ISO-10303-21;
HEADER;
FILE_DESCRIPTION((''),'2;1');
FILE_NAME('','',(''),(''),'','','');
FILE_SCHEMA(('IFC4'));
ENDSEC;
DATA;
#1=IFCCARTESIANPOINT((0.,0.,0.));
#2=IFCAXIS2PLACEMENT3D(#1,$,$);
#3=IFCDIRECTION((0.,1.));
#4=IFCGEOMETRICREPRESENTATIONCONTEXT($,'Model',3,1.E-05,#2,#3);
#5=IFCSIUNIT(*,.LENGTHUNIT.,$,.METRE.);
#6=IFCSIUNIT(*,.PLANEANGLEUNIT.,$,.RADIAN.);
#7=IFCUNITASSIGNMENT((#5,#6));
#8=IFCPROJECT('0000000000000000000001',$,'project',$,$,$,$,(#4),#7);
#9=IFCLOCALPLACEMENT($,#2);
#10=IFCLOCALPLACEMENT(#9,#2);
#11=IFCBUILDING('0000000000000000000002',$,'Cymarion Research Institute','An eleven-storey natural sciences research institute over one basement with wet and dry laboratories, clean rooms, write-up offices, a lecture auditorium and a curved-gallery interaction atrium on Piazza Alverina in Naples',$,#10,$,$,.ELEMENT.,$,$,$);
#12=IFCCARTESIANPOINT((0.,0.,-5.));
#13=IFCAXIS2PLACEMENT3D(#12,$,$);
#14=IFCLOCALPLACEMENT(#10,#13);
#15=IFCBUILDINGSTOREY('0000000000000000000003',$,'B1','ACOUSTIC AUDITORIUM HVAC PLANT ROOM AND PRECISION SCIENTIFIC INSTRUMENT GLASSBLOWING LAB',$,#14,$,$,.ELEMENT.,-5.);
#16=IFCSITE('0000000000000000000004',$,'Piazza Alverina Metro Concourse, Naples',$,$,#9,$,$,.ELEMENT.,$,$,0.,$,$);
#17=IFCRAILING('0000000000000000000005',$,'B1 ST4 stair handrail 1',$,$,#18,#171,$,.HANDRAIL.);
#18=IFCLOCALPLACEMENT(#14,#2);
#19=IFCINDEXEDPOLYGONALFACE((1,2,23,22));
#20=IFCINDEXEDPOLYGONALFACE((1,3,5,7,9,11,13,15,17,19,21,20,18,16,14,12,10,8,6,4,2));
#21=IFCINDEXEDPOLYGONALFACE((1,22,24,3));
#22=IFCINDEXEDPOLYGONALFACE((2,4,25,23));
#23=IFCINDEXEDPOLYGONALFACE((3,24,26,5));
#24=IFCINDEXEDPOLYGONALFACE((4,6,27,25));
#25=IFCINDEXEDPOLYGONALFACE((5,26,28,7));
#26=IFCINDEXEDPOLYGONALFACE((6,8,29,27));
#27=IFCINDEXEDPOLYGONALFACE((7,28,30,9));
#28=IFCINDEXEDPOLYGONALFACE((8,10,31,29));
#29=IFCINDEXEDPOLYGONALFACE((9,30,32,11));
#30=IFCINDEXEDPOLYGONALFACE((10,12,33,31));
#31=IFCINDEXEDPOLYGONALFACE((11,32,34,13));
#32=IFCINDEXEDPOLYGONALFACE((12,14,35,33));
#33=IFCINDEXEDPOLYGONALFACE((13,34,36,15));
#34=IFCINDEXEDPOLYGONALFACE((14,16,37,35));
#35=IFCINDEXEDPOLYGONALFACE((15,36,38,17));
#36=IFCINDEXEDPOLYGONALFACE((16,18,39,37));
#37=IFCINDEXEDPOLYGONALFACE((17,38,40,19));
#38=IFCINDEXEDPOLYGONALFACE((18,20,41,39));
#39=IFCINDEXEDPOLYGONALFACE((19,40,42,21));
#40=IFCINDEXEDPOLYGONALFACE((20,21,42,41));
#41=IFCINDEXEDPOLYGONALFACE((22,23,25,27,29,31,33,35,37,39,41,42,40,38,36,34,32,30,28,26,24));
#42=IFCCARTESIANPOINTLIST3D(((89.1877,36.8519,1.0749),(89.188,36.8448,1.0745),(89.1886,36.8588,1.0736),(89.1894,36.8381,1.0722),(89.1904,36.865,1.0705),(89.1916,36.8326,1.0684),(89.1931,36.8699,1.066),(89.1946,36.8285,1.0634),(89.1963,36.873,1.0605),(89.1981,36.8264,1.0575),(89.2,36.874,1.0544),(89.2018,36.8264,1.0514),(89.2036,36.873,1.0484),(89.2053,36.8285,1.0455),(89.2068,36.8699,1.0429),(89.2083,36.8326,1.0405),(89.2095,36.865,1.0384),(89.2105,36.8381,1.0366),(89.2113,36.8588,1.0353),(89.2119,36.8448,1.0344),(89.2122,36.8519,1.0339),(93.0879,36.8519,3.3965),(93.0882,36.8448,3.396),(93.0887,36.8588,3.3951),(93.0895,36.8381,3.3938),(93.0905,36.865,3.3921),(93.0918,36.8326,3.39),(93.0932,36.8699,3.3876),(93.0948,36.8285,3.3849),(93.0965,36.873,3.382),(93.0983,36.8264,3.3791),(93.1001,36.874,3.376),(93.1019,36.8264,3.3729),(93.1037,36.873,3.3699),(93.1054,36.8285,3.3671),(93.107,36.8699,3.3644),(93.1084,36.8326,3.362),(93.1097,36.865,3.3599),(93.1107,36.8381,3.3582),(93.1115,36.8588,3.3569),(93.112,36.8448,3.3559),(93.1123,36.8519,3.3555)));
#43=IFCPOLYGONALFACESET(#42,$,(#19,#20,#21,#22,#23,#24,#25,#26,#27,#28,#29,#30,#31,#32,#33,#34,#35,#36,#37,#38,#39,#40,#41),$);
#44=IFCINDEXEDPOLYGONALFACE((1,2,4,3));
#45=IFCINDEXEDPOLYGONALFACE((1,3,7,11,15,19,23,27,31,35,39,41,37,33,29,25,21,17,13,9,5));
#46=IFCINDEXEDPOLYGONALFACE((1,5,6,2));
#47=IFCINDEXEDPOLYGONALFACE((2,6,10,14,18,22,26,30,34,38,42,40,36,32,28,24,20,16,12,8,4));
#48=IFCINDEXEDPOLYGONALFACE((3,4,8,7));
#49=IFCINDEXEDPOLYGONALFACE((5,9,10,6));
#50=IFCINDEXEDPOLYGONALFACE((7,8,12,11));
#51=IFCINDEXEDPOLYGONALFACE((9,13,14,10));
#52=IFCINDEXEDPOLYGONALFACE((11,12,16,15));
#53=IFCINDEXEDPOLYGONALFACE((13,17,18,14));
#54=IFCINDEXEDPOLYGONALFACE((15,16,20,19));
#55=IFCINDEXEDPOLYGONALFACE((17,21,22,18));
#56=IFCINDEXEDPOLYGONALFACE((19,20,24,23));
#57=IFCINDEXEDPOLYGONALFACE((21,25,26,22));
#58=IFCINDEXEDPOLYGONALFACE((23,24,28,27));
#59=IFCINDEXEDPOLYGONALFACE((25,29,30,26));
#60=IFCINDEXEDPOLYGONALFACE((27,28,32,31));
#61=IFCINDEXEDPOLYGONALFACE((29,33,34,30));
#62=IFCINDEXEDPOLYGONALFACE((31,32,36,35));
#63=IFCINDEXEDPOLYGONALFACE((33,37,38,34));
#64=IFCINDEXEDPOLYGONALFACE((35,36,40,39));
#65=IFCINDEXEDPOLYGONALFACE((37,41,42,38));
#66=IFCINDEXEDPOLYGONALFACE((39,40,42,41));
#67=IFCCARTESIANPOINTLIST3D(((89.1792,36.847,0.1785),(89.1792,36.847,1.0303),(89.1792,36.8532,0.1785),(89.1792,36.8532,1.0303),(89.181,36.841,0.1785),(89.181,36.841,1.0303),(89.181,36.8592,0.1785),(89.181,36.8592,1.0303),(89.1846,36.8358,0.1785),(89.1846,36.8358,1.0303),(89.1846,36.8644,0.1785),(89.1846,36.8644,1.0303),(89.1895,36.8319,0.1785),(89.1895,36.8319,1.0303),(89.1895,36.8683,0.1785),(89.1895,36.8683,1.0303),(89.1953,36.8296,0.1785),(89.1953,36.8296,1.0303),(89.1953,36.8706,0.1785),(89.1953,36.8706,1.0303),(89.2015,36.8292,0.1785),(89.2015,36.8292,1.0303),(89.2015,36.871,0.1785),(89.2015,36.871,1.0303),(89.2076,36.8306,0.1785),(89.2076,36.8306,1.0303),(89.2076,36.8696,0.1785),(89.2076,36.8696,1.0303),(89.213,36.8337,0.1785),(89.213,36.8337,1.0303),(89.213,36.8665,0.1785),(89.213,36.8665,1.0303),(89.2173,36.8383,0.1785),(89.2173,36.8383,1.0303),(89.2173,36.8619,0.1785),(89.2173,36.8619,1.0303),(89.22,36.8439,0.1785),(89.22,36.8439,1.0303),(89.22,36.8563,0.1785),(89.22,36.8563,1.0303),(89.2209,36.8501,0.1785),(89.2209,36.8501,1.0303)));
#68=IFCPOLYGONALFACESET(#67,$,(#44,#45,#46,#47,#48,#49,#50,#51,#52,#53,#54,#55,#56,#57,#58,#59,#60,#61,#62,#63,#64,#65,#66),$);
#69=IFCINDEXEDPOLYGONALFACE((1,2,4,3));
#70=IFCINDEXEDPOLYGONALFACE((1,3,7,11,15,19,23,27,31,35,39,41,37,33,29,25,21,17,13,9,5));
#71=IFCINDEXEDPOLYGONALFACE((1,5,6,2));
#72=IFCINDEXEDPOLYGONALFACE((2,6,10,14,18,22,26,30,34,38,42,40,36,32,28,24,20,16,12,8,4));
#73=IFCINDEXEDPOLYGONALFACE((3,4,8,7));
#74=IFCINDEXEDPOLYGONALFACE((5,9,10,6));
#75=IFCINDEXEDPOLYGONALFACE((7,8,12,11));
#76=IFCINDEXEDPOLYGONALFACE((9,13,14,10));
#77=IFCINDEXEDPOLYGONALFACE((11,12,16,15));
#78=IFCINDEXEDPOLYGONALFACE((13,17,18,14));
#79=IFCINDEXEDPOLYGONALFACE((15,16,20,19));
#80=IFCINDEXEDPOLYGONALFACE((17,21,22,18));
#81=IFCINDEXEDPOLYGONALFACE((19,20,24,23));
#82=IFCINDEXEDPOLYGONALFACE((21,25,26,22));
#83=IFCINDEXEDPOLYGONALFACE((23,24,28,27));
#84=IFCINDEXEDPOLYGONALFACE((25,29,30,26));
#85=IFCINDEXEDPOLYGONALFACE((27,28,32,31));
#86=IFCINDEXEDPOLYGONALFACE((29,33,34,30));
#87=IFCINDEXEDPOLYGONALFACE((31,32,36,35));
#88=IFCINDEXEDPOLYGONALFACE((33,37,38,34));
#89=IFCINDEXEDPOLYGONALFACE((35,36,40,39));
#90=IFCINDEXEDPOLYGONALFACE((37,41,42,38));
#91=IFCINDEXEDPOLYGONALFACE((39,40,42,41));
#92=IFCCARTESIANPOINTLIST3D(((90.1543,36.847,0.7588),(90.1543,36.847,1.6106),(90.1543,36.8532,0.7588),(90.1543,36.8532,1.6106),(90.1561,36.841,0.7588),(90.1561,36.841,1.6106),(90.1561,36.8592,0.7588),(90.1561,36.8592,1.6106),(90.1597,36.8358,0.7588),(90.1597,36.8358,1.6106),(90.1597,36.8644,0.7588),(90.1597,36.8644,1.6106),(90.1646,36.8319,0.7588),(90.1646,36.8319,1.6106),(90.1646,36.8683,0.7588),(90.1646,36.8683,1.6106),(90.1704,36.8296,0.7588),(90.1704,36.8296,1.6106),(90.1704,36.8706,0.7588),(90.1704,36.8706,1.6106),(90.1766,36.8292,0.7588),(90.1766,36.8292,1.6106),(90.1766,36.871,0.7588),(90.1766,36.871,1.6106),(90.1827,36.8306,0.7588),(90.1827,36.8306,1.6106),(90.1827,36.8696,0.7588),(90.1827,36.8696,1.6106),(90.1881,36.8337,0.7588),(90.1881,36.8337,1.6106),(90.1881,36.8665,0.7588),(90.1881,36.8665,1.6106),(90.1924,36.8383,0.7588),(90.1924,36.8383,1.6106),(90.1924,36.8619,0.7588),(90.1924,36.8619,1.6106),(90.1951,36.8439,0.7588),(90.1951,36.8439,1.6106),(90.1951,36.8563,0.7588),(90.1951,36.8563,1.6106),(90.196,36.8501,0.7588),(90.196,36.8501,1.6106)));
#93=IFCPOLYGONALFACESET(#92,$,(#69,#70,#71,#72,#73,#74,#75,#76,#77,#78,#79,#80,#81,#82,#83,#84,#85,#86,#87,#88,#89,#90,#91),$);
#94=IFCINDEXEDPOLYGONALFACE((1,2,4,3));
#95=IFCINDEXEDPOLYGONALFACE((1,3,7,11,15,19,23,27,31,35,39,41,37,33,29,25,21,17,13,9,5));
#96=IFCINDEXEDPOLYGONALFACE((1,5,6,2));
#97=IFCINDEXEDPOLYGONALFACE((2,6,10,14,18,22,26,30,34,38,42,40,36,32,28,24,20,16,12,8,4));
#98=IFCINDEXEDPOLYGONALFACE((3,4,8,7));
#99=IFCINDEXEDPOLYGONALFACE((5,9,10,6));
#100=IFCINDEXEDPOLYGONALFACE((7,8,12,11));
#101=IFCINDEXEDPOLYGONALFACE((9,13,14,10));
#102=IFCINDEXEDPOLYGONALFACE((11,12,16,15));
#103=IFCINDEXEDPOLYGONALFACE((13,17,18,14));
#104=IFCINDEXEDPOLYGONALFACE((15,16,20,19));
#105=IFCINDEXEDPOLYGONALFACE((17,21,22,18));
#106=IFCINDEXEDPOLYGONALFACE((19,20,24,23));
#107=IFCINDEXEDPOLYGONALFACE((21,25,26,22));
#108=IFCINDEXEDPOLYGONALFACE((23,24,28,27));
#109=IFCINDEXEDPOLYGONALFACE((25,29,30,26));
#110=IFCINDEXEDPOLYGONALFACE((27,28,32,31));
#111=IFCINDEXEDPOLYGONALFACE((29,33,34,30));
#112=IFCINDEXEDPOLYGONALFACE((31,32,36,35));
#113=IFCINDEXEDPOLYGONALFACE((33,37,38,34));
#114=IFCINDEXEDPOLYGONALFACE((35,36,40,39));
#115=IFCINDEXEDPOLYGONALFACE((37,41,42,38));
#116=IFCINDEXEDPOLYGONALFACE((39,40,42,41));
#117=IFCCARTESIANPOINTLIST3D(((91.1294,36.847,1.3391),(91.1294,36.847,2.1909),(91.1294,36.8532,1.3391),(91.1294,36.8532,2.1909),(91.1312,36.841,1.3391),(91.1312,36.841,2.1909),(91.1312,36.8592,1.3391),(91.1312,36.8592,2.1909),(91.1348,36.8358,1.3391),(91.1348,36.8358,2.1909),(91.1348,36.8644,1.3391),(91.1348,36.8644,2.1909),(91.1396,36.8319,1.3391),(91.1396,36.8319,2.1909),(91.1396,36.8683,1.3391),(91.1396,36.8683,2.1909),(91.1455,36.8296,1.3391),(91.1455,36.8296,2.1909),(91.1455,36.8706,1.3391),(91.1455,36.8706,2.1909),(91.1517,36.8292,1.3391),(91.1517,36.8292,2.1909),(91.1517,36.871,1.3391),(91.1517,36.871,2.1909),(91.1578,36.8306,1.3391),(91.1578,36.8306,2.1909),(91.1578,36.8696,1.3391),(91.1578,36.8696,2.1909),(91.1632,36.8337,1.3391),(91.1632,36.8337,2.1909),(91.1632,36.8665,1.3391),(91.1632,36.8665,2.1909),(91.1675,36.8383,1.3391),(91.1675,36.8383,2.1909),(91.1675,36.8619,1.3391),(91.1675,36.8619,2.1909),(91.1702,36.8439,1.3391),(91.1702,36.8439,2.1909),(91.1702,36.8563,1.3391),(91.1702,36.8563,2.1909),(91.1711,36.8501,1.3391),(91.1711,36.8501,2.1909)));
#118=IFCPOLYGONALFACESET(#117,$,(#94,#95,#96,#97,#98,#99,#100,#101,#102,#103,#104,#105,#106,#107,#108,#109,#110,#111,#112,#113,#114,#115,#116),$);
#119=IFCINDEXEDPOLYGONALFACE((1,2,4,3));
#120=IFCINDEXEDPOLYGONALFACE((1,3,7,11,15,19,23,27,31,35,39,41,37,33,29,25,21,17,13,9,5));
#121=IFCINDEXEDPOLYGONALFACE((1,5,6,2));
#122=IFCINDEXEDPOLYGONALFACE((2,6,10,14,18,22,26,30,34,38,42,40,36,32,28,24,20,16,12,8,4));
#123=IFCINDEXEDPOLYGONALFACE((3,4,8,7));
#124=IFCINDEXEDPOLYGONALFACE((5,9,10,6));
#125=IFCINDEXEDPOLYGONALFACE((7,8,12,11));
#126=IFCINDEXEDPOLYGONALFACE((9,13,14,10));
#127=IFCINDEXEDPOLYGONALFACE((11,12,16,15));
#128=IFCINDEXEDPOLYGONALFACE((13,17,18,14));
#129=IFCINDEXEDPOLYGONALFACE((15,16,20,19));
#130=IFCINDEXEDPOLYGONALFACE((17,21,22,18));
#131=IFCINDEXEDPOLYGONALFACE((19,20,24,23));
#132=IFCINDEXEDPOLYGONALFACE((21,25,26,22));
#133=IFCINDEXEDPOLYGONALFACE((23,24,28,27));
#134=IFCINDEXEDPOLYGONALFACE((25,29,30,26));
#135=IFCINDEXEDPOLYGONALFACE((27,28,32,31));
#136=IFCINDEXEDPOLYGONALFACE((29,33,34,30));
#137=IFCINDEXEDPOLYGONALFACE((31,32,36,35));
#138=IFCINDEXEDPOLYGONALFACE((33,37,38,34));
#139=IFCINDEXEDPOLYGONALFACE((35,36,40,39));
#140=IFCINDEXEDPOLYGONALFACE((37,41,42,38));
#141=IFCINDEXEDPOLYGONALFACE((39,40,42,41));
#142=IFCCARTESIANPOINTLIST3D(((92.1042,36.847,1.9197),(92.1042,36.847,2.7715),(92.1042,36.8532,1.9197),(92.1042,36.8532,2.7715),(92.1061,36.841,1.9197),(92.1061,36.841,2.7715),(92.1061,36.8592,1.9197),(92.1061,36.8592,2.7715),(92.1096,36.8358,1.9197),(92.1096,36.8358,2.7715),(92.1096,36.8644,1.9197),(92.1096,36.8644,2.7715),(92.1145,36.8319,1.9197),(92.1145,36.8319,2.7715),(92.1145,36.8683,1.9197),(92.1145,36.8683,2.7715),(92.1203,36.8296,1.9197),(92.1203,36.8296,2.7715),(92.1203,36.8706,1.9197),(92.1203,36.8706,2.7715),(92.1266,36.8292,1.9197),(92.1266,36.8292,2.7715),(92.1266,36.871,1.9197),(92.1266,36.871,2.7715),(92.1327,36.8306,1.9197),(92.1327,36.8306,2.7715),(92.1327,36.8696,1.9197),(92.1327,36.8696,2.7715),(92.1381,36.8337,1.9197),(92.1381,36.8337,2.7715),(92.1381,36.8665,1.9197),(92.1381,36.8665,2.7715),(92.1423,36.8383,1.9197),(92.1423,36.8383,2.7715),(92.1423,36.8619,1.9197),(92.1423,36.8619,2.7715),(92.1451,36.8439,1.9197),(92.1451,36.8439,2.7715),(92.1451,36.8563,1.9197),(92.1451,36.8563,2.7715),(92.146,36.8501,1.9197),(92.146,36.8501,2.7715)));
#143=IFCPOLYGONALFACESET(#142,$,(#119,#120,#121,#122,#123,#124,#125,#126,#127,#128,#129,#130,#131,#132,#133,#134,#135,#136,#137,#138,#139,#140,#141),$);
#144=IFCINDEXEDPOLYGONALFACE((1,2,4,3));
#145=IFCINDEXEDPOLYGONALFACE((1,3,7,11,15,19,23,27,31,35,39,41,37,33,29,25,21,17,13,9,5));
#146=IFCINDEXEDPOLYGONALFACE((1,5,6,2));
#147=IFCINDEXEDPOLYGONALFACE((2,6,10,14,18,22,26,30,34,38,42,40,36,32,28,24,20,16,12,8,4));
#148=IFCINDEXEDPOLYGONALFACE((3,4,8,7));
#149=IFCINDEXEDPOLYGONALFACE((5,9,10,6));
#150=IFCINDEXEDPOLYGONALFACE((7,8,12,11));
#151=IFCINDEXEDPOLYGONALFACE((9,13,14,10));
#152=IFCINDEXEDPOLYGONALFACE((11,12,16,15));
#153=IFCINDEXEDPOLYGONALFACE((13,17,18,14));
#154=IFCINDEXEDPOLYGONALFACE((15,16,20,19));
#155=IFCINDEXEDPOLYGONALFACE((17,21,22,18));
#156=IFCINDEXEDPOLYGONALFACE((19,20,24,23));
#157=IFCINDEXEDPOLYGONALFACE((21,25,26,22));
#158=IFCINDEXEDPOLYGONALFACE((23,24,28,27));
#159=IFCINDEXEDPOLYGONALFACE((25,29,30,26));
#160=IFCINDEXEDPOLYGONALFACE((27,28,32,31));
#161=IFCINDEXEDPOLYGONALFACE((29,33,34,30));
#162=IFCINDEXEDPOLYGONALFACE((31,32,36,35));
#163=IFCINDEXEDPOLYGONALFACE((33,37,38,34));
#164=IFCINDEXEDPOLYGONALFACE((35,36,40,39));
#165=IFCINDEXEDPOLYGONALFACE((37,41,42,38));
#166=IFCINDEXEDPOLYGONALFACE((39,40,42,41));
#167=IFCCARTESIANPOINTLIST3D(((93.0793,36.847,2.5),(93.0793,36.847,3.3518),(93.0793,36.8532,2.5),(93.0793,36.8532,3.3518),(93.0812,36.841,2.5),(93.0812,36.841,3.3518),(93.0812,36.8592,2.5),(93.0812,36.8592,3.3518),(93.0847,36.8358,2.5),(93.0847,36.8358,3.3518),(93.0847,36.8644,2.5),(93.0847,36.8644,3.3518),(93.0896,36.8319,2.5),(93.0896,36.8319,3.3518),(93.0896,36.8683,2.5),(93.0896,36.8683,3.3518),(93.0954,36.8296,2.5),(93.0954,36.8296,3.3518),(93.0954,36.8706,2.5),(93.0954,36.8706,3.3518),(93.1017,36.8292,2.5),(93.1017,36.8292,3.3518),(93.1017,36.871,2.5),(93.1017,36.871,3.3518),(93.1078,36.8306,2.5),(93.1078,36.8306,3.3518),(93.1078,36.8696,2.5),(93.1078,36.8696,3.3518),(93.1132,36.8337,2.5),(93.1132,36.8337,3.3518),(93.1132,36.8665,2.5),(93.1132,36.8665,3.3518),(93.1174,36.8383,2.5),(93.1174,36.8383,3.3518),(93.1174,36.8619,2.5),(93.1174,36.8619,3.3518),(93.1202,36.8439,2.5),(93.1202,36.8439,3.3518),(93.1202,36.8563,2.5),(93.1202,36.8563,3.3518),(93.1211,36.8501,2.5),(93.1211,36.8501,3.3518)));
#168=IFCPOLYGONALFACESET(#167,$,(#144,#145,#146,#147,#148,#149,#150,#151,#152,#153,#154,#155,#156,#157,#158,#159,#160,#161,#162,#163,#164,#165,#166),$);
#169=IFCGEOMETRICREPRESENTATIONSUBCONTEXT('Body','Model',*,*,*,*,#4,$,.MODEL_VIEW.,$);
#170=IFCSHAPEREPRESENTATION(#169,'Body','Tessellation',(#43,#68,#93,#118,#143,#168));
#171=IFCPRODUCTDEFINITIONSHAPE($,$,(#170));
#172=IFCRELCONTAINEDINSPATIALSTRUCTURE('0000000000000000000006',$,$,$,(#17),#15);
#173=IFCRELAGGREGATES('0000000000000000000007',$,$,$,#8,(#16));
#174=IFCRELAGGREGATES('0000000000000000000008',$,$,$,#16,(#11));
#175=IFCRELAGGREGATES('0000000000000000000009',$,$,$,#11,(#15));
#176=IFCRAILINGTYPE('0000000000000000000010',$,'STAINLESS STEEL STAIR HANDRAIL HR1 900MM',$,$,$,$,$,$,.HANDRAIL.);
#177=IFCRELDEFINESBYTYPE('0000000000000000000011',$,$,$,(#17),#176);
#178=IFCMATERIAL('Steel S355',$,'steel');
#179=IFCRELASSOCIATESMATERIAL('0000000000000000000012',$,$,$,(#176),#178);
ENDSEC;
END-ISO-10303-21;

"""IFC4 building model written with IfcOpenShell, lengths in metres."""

from ifc_helpers import new_model, si_unit, direction, frame, origin, origin_2d, place, context, subcontext, project, spatial, circle, extrude, material, type_object, element, save


model = new_model("IFC4")

# Units and contexts
model_context = context("Model", 3, precision=1e-05, world=origin(), true_north=direction((0.0, 1.0)))
body_context = subcontext(model_context, "Body", "Model", "MODEL_VIEW")
ifc_project = project(units=[si_unit("LENGTHUNIT", "METRE"), si_unit("PLANEANGLEUNIT", "RADIAN")], contexts=[model_context])

# Site, building, storey
site_placement = place(None, origin())
site = spatial("IfcSite", under=ifc_project, at=site_placement, Name="Piazza Alverina Metro Concourse, Naples", CompositionType="ELEMENT", RefElevation=0.0)
building_placement = place(site_placement, origin())
building = spatial("IfcBuilding", under=site, at=building_placement, Name="Cymarion Research Institute", Description="An eleven-storey natural sciences research institute over one basement with wet and dry laboratories, clean rooms, write-up offices, a lecture auditorium and a curved-gallery interaction atrium on Piazza Alverina in Naples", CompositionType="ELEMENT")
storey_placement = place(building_placement, frame((0.0, 0.0, -5.0)))
storey = spatial("IfcBuildingStorey", under=building, at=storey_placement, Name="B1", Description="ACOUSTIC AUDITORIUM HVAC PLANT ROOM AND PRECISION SCIENTIFIC INSTRUMENT GLASSBLOWING LAB", CompositionType="ELEMENT", Elevation=-5.0)

# Shared definitions
ifc_material_1 = material(Name="Steel S355", Category="steel")

# Railing
railing_type_1 = type_object("IfcRailingType", Name="STAINLESS STEEL STAIR HANDRAIL HR1 900MM", PredefinedType="HANDRAIL", material=ifc_material_1)
railing_1_placement = place(storey_placement, frame((89.2, 36.8501, 0.1785)))
element("IfcRailing", 1, at=railing_1_placement, inside=storey, type_object=railing_type_1, Name="B1 ST4 stair handrail 1", PredefinedType="HANDRAIL", context=body_context, shape_type="SweptSolid", body=[
    extrude(circle(Radius=0.0239, at=origin_2d()), frame((0.0, 0.0, 0.876), z_axis=(0.859291, 0.0, 0.511487), x_axis=(0.0, 1.0, 0.0)), (0.0, 0.0, 1.0), 4.5388),
    extrude(circle(Radius=0.021, at=origin_2d()), origin(), (0.0, 0.0, 1.0), 0.8518),
    extrude(circle(Radius=0.021, at=origin_2d()), frame((0.9751, 0.0, 0.5803)), (0.0, 0.0, 1.0), 0.8518),
    extrude(circle(Radius=0.021, at=origin_2d()), frame((1.9502, 0.0, 1.1606)), (0.0, 0.0, 1.0), 0.8518),
    extrude(circle(Radius=0.021, at=origin_2d()), frame((2.925, 0.0, 1.7412)), (0.0, 0.0, 1.0), 0.8518),
    extrude(circle(Radius=0.021, at=origin_2d()), frame((3.9001, 0.0, 2.3215)), (0.0, 0.0, 1.0), 0.8518),
])

save(model, "model.ifc")
